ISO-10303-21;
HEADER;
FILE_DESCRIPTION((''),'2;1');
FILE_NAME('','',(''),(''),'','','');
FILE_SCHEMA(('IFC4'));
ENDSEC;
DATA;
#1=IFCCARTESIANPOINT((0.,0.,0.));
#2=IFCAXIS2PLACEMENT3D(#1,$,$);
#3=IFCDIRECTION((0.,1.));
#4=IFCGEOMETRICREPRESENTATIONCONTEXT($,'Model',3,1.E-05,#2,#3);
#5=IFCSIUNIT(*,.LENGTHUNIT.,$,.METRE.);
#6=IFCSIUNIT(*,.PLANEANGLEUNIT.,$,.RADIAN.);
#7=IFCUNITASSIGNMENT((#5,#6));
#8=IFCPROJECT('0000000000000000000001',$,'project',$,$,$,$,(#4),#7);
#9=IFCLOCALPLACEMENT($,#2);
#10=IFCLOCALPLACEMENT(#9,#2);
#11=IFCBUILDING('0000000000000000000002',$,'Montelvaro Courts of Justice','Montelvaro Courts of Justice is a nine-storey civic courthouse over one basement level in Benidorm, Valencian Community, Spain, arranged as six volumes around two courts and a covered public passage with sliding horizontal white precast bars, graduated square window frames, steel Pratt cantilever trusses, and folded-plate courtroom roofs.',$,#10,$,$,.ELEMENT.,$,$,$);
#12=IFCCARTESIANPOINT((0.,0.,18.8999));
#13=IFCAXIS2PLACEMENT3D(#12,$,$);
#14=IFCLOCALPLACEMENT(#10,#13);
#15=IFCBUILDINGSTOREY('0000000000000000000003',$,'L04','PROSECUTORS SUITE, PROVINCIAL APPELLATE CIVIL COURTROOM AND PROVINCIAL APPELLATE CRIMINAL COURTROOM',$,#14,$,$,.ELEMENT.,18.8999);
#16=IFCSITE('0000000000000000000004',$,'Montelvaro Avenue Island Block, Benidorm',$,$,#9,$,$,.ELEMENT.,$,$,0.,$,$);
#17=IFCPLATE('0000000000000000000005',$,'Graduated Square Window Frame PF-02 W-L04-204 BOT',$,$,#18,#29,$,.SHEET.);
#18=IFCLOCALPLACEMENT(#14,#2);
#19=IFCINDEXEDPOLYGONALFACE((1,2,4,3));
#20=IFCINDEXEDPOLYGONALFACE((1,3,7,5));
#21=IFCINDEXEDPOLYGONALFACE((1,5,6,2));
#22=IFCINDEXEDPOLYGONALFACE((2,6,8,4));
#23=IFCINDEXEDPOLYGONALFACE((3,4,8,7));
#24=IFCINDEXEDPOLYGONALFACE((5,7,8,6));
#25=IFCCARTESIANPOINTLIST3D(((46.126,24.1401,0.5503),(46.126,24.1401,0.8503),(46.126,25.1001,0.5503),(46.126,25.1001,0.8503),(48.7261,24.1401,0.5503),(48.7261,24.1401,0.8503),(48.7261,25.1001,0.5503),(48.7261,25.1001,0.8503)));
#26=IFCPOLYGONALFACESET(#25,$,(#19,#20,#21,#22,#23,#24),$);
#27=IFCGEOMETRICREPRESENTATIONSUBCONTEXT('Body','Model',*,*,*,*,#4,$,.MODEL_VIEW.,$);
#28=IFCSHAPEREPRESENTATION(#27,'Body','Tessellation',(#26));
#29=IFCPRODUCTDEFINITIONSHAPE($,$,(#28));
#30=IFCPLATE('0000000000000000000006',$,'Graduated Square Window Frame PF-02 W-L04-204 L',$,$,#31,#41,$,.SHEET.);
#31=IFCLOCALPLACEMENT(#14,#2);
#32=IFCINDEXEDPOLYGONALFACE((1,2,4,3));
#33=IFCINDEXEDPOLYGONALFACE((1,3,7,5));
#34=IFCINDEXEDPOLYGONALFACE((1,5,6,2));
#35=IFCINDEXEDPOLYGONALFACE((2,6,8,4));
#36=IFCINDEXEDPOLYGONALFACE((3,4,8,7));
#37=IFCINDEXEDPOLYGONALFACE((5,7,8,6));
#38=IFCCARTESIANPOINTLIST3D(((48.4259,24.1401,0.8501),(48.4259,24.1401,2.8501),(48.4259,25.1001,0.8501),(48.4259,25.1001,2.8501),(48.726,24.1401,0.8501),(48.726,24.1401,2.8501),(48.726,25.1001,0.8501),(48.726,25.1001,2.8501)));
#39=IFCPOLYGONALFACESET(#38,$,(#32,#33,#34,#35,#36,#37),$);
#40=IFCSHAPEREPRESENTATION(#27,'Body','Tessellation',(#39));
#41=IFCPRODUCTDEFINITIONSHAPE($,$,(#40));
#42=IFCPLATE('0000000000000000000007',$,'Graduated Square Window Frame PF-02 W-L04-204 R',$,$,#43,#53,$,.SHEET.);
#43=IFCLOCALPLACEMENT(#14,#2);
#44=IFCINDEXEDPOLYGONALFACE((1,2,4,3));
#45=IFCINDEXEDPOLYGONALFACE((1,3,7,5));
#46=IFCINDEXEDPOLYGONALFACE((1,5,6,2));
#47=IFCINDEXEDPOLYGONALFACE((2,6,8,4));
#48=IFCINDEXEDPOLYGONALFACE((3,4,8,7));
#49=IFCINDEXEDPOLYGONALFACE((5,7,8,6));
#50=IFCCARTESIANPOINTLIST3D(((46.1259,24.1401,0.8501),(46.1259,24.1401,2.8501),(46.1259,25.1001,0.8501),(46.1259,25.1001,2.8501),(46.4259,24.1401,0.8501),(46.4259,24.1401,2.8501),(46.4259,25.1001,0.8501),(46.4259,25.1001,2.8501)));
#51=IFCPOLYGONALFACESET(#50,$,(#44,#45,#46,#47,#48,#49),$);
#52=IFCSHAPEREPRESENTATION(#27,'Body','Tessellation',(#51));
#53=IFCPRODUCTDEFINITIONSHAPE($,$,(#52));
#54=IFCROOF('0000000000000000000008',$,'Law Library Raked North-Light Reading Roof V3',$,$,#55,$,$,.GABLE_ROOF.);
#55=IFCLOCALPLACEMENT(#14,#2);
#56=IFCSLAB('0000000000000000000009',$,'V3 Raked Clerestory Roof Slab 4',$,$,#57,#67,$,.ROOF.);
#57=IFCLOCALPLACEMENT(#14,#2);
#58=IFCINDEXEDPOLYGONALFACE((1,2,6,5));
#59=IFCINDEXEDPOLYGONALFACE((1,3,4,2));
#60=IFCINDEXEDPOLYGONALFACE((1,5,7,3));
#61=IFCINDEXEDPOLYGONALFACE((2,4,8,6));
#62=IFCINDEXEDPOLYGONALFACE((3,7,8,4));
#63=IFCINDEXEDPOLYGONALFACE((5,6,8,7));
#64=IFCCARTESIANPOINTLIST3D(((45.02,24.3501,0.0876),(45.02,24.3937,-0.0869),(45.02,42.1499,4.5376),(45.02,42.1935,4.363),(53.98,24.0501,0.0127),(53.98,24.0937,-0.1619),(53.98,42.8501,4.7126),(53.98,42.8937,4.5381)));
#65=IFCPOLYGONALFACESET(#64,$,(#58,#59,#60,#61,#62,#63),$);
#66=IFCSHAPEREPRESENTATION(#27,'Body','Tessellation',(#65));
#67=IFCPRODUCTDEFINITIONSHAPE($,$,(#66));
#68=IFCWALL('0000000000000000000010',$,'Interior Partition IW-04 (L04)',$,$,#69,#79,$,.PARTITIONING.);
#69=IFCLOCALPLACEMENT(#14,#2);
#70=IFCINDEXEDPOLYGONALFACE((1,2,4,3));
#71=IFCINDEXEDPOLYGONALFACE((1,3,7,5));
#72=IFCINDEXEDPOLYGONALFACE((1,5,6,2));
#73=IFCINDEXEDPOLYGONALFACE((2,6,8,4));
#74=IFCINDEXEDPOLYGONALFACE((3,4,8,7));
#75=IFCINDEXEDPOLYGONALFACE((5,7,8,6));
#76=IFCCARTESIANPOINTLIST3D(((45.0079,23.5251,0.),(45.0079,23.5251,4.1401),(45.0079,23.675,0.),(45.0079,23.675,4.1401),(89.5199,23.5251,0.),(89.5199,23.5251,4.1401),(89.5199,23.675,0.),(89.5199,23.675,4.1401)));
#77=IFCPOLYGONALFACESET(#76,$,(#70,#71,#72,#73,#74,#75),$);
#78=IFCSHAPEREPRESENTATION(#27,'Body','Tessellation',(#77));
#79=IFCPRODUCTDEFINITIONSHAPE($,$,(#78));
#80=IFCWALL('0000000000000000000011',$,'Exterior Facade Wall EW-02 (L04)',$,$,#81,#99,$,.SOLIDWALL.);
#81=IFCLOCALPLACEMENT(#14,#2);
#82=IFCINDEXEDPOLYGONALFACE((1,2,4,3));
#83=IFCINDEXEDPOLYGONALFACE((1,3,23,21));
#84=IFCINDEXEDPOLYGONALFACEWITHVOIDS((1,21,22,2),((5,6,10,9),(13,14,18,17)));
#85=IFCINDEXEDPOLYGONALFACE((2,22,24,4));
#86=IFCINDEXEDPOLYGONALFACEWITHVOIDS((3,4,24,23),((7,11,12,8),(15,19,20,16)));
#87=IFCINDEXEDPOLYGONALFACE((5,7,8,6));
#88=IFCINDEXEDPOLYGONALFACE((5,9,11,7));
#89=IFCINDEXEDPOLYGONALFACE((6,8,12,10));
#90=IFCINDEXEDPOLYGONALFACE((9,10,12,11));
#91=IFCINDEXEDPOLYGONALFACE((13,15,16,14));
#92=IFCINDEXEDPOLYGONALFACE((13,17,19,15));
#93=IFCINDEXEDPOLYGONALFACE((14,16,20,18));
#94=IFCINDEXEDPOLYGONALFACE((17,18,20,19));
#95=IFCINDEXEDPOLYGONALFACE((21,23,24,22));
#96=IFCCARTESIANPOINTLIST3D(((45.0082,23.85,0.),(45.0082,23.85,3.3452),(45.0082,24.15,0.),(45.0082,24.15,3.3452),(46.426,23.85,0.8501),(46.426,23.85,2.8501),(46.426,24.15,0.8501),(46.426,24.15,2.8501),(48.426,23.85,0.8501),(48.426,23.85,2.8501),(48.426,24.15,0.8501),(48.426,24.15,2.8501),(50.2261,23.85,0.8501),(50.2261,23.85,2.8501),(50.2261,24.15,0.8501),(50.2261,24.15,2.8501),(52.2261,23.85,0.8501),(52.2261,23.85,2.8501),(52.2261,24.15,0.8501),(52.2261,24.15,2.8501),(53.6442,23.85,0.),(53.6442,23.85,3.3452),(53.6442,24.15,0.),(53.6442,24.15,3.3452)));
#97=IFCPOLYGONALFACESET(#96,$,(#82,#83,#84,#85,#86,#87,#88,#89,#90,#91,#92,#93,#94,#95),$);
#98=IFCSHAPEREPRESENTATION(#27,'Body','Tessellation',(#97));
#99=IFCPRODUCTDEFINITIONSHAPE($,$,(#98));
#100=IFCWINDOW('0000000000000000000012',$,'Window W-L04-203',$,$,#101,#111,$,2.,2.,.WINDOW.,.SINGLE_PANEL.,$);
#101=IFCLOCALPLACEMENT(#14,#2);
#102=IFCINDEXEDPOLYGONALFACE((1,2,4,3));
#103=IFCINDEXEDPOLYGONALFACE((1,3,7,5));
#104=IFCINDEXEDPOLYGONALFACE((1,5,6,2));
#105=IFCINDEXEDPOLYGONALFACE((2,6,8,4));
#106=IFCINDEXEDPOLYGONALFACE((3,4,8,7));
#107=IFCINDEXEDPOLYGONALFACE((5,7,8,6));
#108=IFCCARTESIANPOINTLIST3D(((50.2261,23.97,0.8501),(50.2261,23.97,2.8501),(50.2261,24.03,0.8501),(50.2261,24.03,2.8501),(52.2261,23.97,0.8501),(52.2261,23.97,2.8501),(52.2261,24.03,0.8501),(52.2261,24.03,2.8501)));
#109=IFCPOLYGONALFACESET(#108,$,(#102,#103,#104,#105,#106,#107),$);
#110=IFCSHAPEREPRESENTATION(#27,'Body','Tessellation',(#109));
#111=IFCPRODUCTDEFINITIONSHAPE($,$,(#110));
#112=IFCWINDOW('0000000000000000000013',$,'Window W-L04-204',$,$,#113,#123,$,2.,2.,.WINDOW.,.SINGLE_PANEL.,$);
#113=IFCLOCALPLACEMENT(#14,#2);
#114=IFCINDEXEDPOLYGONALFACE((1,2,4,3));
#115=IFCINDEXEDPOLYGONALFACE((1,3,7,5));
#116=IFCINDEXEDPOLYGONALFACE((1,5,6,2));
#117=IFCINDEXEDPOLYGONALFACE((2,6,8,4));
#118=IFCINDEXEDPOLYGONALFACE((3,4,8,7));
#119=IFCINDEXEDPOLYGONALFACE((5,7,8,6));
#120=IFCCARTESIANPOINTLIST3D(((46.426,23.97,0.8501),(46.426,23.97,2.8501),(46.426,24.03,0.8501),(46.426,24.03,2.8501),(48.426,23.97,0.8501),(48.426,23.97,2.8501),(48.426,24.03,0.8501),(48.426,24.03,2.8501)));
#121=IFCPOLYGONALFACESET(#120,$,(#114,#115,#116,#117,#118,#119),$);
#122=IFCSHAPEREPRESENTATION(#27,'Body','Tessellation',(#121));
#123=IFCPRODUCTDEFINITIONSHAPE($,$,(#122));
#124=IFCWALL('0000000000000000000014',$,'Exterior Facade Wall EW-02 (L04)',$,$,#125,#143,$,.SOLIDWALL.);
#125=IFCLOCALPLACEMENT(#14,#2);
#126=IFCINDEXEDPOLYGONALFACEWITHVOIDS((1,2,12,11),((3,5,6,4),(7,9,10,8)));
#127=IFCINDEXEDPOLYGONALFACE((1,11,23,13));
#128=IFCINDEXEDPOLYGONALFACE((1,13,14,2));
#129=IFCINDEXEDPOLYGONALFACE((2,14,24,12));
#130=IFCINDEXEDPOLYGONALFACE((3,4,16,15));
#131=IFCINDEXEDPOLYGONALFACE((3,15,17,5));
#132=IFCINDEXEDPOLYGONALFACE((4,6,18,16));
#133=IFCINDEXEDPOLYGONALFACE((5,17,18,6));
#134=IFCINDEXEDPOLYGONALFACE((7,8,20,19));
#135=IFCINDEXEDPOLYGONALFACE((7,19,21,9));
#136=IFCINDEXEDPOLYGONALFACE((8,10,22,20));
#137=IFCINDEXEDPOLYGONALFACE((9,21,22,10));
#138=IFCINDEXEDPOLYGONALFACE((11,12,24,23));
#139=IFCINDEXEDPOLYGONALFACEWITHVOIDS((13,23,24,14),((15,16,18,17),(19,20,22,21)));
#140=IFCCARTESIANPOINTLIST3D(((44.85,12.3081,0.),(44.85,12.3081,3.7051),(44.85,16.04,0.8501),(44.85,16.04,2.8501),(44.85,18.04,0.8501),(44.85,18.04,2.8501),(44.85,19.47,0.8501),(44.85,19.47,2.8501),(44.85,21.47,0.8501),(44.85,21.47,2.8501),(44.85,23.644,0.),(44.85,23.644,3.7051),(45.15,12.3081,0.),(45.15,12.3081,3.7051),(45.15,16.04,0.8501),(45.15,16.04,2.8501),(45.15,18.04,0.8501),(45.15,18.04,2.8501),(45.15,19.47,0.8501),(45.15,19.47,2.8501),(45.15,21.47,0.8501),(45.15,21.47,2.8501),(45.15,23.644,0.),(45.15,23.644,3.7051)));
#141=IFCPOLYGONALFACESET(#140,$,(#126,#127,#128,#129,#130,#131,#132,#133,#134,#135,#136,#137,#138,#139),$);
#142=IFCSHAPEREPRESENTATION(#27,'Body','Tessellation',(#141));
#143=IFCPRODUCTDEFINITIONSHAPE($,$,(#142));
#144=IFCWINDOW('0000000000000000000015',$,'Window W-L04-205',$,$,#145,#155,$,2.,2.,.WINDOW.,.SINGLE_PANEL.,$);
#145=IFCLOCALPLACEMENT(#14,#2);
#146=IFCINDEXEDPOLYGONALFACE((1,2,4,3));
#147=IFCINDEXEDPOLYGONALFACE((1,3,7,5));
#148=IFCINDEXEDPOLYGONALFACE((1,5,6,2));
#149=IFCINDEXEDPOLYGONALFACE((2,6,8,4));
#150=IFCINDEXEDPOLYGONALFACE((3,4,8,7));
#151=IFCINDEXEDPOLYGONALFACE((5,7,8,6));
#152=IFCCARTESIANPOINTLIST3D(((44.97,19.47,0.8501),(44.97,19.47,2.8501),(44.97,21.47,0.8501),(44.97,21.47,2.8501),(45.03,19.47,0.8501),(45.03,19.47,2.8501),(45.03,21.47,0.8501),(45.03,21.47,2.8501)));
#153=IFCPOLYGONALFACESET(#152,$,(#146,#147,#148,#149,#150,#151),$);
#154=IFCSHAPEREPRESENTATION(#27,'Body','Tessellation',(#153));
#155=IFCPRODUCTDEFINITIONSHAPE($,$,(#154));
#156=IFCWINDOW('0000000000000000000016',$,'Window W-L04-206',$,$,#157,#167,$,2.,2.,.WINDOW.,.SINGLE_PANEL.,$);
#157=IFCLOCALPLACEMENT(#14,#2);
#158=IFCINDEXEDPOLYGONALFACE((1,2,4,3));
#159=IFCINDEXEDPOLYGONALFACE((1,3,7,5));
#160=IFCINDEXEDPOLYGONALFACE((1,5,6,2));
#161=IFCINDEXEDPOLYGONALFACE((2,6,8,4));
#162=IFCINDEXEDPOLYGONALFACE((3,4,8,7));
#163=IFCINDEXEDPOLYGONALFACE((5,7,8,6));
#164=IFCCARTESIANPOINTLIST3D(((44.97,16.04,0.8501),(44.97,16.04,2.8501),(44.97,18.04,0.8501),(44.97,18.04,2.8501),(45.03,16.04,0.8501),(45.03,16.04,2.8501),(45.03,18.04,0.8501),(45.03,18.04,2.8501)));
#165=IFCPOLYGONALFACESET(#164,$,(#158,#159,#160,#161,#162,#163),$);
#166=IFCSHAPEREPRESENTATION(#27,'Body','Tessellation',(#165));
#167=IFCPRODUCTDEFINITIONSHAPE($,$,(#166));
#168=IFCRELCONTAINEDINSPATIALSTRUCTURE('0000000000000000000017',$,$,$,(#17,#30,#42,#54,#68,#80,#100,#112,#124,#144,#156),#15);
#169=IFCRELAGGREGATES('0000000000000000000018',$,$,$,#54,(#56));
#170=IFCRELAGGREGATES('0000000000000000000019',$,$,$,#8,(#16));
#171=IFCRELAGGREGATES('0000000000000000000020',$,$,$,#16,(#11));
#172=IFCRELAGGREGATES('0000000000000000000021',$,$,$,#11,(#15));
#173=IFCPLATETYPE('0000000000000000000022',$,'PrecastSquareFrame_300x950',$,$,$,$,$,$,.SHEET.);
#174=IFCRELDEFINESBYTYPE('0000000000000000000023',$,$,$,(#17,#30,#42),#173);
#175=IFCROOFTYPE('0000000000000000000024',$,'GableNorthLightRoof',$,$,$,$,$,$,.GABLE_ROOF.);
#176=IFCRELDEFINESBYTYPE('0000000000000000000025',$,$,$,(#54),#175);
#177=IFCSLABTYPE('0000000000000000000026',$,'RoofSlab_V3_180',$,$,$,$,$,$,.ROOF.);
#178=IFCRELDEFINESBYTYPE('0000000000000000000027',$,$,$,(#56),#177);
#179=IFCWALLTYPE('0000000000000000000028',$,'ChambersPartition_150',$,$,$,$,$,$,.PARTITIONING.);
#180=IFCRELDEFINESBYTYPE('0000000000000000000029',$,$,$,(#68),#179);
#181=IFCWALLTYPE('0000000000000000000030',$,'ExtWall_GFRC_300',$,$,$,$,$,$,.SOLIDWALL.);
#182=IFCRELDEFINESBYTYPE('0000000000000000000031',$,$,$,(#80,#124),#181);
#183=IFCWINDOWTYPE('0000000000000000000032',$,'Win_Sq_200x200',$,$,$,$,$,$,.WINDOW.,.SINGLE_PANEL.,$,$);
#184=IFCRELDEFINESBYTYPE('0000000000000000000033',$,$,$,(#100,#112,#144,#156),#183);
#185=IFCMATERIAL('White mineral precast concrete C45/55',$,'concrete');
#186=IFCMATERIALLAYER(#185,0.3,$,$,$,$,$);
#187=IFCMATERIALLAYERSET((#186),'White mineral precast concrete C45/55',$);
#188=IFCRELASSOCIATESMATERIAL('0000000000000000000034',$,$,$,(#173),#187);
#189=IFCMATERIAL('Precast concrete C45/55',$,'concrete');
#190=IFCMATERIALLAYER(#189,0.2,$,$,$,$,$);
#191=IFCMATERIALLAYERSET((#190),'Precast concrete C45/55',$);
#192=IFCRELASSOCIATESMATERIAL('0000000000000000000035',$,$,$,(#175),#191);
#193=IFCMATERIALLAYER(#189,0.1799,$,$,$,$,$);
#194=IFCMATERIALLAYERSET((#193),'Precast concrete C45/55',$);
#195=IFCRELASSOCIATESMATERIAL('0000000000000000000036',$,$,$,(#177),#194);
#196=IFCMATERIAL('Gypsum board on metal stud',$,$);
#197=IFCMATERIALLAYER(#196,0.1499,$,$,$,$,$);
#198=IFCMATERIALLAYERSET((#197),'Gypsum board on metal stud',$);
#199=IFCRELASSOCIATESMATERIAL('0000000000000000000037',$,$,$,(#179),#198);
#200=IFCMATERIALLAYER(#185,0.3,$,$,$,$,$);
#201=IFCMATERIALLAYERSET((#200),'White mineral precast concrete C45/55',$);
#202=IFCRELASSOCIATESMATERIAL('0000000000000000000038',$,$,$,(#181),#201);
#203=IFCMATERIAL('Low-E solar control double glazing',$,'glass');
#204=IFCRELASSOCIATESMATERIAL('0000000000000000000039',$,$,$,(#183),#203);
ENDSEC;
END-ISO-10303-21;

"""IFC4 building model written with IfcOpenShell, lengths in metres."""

from ifc_helpers import new_model, si_unit, direction, frame, frame_2d, origin, origin_2d, place, context, subcontext, project, spatial, polyline, rectangle, outline, extrude, material, layer, layer_set, type_object, element, fill, aggregate, save


model = new_model("IFC4")

# Units and contexts
model_context = context("Model", 3, precision=1e-05, world=origin(), true_north=direction((0.0, 1.0)))
body_context = subcontext(model_context, "Body", "Model", "MODEL_VIEW")
ifc_project = project(units=[si_unit("LENGTHUNIT", "METRE"), si_unit("PLANEANGLEUNIT", "RADIAN")], contexts=[model_context])

# Site, building, storey
site_placement = place(None, origin())
site = spatial("IfcSite", under=ifc_project, at=site_placement, Name="Montelvaro Avenue Island Block, Benidorm", CompositionType="ELEMENT", RefElevation=0.0)
building_placement = place(site_placement, origin())
building = spatial("IfcBuilding", under=site, at=building_placement, Name="Montelvaro Courts of Justice", Description="Montelvaro Courts of Justice is a nine-storey civic courthouse over one basement level in Benidorm, Valencian Community, Spain, arranged as six volumes around two courts and a covered public passage with sliding horizontal white precast bars, graduated square window frames, steel Pratt cantilever trusses, and folded-plate courtroom roofs.", CompositionType="ELEMENT")
storey_placement = place(building_placement, frame((0.0, 0.0, 18.8999)))
storey = spatial("IfcBuildingStorey", under=building, at=storey_placement, Name="L04", Description="PROSECUTORS SUITE, PROVINCIAL APPELLATE CIVIL COURTROOM AND PROVINCIAL APPELLATE CRIMINAL COURTROOM", CompositionType="ELEMENT", Elevation=18.8999)

# Plates
ifc_material_1 = material(Name="White mineral precast concrete C45/55", Category="concrete")
ifc_layer_1 = layer(ifc_material_1, 0.3)
ifc_layer_set_1 = layer_set([ifc_layer_1], Name="White mineral precast concrete C45/55")
plate_type_1 = type_object("IfcPlateType", Name="PrecastSquareFrame_300x950", PredefinedType="SHEET", material=ifc_layer_set_1)
for number, where, z_axis, x_axis, name in (
    (1, (47.426, 24.6201, 0.5503), (0.0, 0.0, 1.0), (-1.0, 0.0, 0.0), "Graduated Square Window Frame PF-02 W-L04-204 BOT"),
):
    element("IfcPlate", number, at=place(storey_placement, frame(where, z_axis=z_axis, x_axis=x_axis)), inside=storey, type_object=plate_type_1, Name=name, PredefinedType="SHEET", context=body_context, shape_type="SweptSolid", body=[
        extrude(rectangle(XDim=2.6001, YDim=0.96, at=origin_2d()), origin(), (0.0, 0.0, 1.0), 0.3),
    ])
for number, where, z_axis, x_axis, name in (
    (2, (48.5759, 24.6201, 0.8501), (0.0, 0.0, 1.0), (-1.0, 0.0, 0.0), "Graduated Square Window Frame PF-02 W-L04-204 L"),
    (3, (46.2759, 24.6201, 0.8501), (0.0, 0.0, 1.0), (-1.0, 0.0, 0.0), "Graduated Square Window Frame PF-02 W-L04-204 R"),
):
    element("IfcPlate", number, at=place(storey_placement, frame(where, z_axis=z_axis, x_axis=x_axis)), inside=storey, type_object=plate_type_1, Name=name, PredefinedType="SHEET", context=body_context, shape_type="SweptSolid", body=[
        extrude(rectangle(XDim=0.3, YDim=0.96, at=origin_2d()), origin(), (0.0, 0.0, 1.0), 2.0),
    ])

# Roof, slab
ifc_material_2 = material(Name="Precast concrete C45/55", Category="concrete")
ifc_layer_2 = layer(ifc_material_2, 0.2)
ifc_layer_set_2 = layer_set([ifc_layer_2], Name="Precast concrete C45/55")
roof_type = type_object("IfcRoofType", Name="GableNorthLightRoof", PredefinedType="GABLE_ROOF", material=ifc_layer_set_2)
roof_placement = place(storey_placement, origin())
roof = element("IfcRoof", 4, at=roof_placement, inside=storey, type_object=roof_type, Name="Law Library Raked North-Light Reading Roof V3", PredefinedType="GABLE_ROOF")
ifc_layer_3 = layer(ifc_material_2, 0.1799)
ifc_layer_set_3 = layer_set([ifc_layer_3], Name="Precast concrete C45/55")
slab_type = type_object("IfcSlabType", Name="RoofSlab_V3_180", PredefinedType="ROOF", material=ifc_layer_set_3)
slab_placement = place(storey_placement, frame((45.02, 24.3501, 0.0876), z_axis=(-0.000003, -0.242534, 0.970143), x_axis=(0.999405, -0.033467, -0.008363)))
slab = element("IfcSlab", 5, at=slab_placement, type_object=slab_type, Name="V3 Raked Clerestory Roof Slab 4", PredefinedType="ROOF", context=body_context, shape_type="SweptSolid", body=[
    extrude(outline(polyline([(0.0, 0.0), (8.9653, 0.0), (8.2968, 19.3671), (-0.6329, 18.3367), (0.0, 0.0)])), origin(), (0.0, 0.0, -1.0), 0.1799),
])
aggregate(roof, [slab])

# Wall
ifc_material_3 = material(Name="Gypsum board on metal stud")
ifc_layer_4 = layer(ifc_material_3, 0.1499)
ifc_layer_set_4 = layer_set([ifc_layer_4], Name="Gypsum board on metal stud")
wall_type_1 = type_object("IfcWallType", Name="ChambersPartition_150", PredefinedType="PARTITIONING", material=ifc_layer_set_4)
wall_1_placement = place(storey_placement, frame((45.0081, 23.6001, 0.0), z_axis=(0.0, 0.0, 1.0), x_axis=(1.0, 0.0, 0.0)))
element("IfcWall", 6, at=wall_1_placement, inside=storey, type_object=wall_type_1, Name="Interior Partition IW-04 (L04)", PredefinedType="PARTITIONING", context=body_context, shape_type="SweptSolid", body=[
    extrude(rectangle(XDim=44.512, YDim=0.1499, at=frame_2d((22.2559, 0.0))), origin(), (0.0, 0.0, 1.0), 4.1401),
])

# Walls, openings, windows
ifc_layer_5 = layer(ifc_material_1, 0.3)
ifc_layer_set_5 = layer_set([ifc_layer_5], Name="White mineral precast concrete C45/55")
wall_type_2 = type_object("IfcWallType", Name="ExtWall_GFRC_300", PredefinedType="SOLIDWALL", material=ifc_layer_set_5)
wall_2_placement = place(storey_placement, frame((53.644, 24.0, 0.0), z_axis=(0.0, 0.0, 1.0), x_axis=(-1.0, 0.0, 0.0)))
wall_2 = element("IfcWall", 7, at=wall_2_placement, inside=storey, type_object=wall_type_2, Name="Exterior Facade Wall EW-02 (L04)", PredefinedType="SOLIDWALL", context=body_context, shape_type="SweptSolid", body=[
    extrude(rectangle(XDim=8.636, YDim=0.3, at=frame_2d((4.3179, 0.0))), origin(), (0.0, 0.0, 1.0), 3.3452),
])
opening_1_placement = place(wall_2_placement, frame((1.418, 0.0, 0.8501)))
opening_1 = element("IfcOpeningElement", 8, at=opening_1_placement, cuts=wall_2, PredefinedType="OPENING", context=body_context, shape_type="SweptSolid", body=[
    extrude(rectangle(XDim=2.0, YDim=2.0, at=frame_2d((1.0, 1.0))), frame((0.0, 0.165, 0.0), z_axis=(0.0, -1.0, 0.0), x_axis=(1.0, 0.0, 0.0)), (0.0, 0.0, 1.0), 0.3298),
])
opening_2_placement = place(wall_2_placement, frame((5.218, 0.0, 0.8501)))
opening_2 = element("IfcOpeningElement", 9, at=opening_2_placement, cuts=wall_2, PredefinedType="OPENING", context=body_context, shape_type="SweptSolid", body=[
    extrude(rectangle(XDim=2.0, YDim=2.0, at=frame_2d((1.0, 1.0))), frame((0.0, 0.165, 0.0), z_axis=(0.0, -1.0, 0.0), x_axis=(1.0, 0.0, 0.0)), (0.0, 0.0, 1.0), 0.3298),
])
ifc_material_4 = material(Name="Low-E solar control double glazing", Category="glass")
window_type = type_object("IfcWindowType", Name="Win_Sq_200x200", PartitioningType="SINGLE_PANEL", PredefinedType="WINDOW", material=ifc_material_4)
window_1_placement = place(opening_1_placement, origin())
window_1 = element("IfcWindow", 10, at=window_1_placement, inside=storey, type_object=window_type, Name="Window W-L04-203", OverallHeight=2.0, OverallWidth=2.0, PartitioningType="SINGLE_PANEL", PredefinedType="WINDOW", context=body_context, shape_type="SweptSolid", body=[
    extrude(rectangle(XDim=2.0, YDim=2.0, at=frame_2d((1.0, 1.0))), frame((0.0, 0.03, 0.0), z_axis=(0.0, -1.0, 0.0), x_axis=(1.0, 0.0, 0.0)), (0.0, 0.0, 1.0), 0.0601),
])
fill(opening_1, window_1)
window_2_placement = place(opening_2_placement, origin())
window_2 = element("IfcWindow", 11, at=window_2_placement, inside=storey, type_object=window_type, Name="Window W-L04-204", OverallHeight=2.0, OverallWidth=2.0, PartitioningType="SINGLE_PANEL", PredefinedType="WINDOW", context=body_context, shape_type="SweptSolid", body=[
    extrude(rectangle(XDim=2.0, YDim=2.0, at=frame_2d((1.0, 1.0))), frame((0.0, 0.03, 0.0), z_axis=(0.0, -1.0, 0.0), x_axis=(1.0, 0.0, 0.0)), (0.0, 0.0, 1.0), 0.0601),
])
fill(opening_2, window_2)
wall_3_placement = place(storey_placement, frame((45.0, 23.644, 0.0), z_axis=(0.0, 0.0, 1.0), x_axis=(0.0, -1.0, 0.0)))
wall_3 = element("IfcWall", 12, at=wall_3_placement, inside=storey, type_object=wall_type_2, Name="Exterior Facade Wall EW-02 (L04)", PredefinedType="SOLIDWALL", context=body_context, shape_type="SweptSolid", body=[
    extrude(rectangle(XDim=11.3359, YDim=0.3, at=frame_2d((5.668, 0.0))), origin(), (0.0, 0.0, 1.0), 3.7051),
])
opening_3_placement = place(wall_3_placement, frame((2.1741, 0.0, 0.8501)))
opening_3 = element("IfcOpeningElement", 13, at=opening_3_placement, cuts=wall_3, PredefinedType="OPENING", context=body_context, shape_type="SweptSolid", body=[
    extrude(rectangle(XDim=2.0, YDim=2.0, at=frame_2d((1.0, 1.0))), frame((0.0, 0.165, 0.0), z_axis=(0.0, -1.0, 0.0), x_axis=(1.0, 0.0, 0.0)), (0.0, 0.0, 1.0), 0.3298),
])
opening_4_placement = place(wall_3_placement, frame((5.604, 0.0, 0.8501)))
opening_4 = element("IfcOpeningElement", 14, at=opening_4_placement, cuts=wall_3, PredefinedType="OPENING", context=body_context, shape_type="SweptSolid", body=[
    extrude(rectangle(XDim=2.0, YDim=2.0, at=frame_2d((1.0, 1.0))), frame((0.0, 0.165, 0.0), z_axis=(0.0, -1.0, 0.0), x_axis=(1.0, 0.0, 0.0)), (0.0, 0.0, 1.0), 0.3298),
])
window_3_placement = place(opening_3_placement, origin())
window_3 = element("IfcWindow", 15, at=window_3_placement, inside=storey, type_object=window_type, Name="Window W-L04-205", OverallHeight=2.0, OverallWidth=2.0, PartitioningType="SINGLE_PANEL", PredefinedType="WINDOW", context=body_context, shape_type="SweptSolid", body=[
    extrude(rectangle(XDim=2.0, YDim=2.0, at=frame_2d((1.0, 1.0))), frame((0.0, 0.03, 0.0), z_axis=(0.0, -1.0, 0.0), x_axis=(1.0, 0.0, 0.0)), (0.0, 0.0, 1.0), 0.0601),
])
fill(opening_3, window_3)
window_4_placement = place(opening_4_placement, origin())
window_4 = element("IfcWindow", 16, at=window_4_placement, inside=storey, type_object=window_type, Name="Window W-L04-206", OverallHeight=2.0, OverallWidth=2.0, PartitioningType="SINGLE_PANEL", PredefinedType="WINDOW", context=body_context, shape_type="SweptSolid", body=[
    extrude(rectangle(XDim=2.0, YDim=2.0, at=frame_2d((1.0, 1.0))), frame((0.0, 0.03, 0.0), z_axis=(0.0, -1.0, 0.0), x_axis=(1.0, 0.0, 0.0)), (0.0, 0.0, 1.0), 0.0601),
])
fill(opening_4, window_4)

save(model, "model.ifc")
